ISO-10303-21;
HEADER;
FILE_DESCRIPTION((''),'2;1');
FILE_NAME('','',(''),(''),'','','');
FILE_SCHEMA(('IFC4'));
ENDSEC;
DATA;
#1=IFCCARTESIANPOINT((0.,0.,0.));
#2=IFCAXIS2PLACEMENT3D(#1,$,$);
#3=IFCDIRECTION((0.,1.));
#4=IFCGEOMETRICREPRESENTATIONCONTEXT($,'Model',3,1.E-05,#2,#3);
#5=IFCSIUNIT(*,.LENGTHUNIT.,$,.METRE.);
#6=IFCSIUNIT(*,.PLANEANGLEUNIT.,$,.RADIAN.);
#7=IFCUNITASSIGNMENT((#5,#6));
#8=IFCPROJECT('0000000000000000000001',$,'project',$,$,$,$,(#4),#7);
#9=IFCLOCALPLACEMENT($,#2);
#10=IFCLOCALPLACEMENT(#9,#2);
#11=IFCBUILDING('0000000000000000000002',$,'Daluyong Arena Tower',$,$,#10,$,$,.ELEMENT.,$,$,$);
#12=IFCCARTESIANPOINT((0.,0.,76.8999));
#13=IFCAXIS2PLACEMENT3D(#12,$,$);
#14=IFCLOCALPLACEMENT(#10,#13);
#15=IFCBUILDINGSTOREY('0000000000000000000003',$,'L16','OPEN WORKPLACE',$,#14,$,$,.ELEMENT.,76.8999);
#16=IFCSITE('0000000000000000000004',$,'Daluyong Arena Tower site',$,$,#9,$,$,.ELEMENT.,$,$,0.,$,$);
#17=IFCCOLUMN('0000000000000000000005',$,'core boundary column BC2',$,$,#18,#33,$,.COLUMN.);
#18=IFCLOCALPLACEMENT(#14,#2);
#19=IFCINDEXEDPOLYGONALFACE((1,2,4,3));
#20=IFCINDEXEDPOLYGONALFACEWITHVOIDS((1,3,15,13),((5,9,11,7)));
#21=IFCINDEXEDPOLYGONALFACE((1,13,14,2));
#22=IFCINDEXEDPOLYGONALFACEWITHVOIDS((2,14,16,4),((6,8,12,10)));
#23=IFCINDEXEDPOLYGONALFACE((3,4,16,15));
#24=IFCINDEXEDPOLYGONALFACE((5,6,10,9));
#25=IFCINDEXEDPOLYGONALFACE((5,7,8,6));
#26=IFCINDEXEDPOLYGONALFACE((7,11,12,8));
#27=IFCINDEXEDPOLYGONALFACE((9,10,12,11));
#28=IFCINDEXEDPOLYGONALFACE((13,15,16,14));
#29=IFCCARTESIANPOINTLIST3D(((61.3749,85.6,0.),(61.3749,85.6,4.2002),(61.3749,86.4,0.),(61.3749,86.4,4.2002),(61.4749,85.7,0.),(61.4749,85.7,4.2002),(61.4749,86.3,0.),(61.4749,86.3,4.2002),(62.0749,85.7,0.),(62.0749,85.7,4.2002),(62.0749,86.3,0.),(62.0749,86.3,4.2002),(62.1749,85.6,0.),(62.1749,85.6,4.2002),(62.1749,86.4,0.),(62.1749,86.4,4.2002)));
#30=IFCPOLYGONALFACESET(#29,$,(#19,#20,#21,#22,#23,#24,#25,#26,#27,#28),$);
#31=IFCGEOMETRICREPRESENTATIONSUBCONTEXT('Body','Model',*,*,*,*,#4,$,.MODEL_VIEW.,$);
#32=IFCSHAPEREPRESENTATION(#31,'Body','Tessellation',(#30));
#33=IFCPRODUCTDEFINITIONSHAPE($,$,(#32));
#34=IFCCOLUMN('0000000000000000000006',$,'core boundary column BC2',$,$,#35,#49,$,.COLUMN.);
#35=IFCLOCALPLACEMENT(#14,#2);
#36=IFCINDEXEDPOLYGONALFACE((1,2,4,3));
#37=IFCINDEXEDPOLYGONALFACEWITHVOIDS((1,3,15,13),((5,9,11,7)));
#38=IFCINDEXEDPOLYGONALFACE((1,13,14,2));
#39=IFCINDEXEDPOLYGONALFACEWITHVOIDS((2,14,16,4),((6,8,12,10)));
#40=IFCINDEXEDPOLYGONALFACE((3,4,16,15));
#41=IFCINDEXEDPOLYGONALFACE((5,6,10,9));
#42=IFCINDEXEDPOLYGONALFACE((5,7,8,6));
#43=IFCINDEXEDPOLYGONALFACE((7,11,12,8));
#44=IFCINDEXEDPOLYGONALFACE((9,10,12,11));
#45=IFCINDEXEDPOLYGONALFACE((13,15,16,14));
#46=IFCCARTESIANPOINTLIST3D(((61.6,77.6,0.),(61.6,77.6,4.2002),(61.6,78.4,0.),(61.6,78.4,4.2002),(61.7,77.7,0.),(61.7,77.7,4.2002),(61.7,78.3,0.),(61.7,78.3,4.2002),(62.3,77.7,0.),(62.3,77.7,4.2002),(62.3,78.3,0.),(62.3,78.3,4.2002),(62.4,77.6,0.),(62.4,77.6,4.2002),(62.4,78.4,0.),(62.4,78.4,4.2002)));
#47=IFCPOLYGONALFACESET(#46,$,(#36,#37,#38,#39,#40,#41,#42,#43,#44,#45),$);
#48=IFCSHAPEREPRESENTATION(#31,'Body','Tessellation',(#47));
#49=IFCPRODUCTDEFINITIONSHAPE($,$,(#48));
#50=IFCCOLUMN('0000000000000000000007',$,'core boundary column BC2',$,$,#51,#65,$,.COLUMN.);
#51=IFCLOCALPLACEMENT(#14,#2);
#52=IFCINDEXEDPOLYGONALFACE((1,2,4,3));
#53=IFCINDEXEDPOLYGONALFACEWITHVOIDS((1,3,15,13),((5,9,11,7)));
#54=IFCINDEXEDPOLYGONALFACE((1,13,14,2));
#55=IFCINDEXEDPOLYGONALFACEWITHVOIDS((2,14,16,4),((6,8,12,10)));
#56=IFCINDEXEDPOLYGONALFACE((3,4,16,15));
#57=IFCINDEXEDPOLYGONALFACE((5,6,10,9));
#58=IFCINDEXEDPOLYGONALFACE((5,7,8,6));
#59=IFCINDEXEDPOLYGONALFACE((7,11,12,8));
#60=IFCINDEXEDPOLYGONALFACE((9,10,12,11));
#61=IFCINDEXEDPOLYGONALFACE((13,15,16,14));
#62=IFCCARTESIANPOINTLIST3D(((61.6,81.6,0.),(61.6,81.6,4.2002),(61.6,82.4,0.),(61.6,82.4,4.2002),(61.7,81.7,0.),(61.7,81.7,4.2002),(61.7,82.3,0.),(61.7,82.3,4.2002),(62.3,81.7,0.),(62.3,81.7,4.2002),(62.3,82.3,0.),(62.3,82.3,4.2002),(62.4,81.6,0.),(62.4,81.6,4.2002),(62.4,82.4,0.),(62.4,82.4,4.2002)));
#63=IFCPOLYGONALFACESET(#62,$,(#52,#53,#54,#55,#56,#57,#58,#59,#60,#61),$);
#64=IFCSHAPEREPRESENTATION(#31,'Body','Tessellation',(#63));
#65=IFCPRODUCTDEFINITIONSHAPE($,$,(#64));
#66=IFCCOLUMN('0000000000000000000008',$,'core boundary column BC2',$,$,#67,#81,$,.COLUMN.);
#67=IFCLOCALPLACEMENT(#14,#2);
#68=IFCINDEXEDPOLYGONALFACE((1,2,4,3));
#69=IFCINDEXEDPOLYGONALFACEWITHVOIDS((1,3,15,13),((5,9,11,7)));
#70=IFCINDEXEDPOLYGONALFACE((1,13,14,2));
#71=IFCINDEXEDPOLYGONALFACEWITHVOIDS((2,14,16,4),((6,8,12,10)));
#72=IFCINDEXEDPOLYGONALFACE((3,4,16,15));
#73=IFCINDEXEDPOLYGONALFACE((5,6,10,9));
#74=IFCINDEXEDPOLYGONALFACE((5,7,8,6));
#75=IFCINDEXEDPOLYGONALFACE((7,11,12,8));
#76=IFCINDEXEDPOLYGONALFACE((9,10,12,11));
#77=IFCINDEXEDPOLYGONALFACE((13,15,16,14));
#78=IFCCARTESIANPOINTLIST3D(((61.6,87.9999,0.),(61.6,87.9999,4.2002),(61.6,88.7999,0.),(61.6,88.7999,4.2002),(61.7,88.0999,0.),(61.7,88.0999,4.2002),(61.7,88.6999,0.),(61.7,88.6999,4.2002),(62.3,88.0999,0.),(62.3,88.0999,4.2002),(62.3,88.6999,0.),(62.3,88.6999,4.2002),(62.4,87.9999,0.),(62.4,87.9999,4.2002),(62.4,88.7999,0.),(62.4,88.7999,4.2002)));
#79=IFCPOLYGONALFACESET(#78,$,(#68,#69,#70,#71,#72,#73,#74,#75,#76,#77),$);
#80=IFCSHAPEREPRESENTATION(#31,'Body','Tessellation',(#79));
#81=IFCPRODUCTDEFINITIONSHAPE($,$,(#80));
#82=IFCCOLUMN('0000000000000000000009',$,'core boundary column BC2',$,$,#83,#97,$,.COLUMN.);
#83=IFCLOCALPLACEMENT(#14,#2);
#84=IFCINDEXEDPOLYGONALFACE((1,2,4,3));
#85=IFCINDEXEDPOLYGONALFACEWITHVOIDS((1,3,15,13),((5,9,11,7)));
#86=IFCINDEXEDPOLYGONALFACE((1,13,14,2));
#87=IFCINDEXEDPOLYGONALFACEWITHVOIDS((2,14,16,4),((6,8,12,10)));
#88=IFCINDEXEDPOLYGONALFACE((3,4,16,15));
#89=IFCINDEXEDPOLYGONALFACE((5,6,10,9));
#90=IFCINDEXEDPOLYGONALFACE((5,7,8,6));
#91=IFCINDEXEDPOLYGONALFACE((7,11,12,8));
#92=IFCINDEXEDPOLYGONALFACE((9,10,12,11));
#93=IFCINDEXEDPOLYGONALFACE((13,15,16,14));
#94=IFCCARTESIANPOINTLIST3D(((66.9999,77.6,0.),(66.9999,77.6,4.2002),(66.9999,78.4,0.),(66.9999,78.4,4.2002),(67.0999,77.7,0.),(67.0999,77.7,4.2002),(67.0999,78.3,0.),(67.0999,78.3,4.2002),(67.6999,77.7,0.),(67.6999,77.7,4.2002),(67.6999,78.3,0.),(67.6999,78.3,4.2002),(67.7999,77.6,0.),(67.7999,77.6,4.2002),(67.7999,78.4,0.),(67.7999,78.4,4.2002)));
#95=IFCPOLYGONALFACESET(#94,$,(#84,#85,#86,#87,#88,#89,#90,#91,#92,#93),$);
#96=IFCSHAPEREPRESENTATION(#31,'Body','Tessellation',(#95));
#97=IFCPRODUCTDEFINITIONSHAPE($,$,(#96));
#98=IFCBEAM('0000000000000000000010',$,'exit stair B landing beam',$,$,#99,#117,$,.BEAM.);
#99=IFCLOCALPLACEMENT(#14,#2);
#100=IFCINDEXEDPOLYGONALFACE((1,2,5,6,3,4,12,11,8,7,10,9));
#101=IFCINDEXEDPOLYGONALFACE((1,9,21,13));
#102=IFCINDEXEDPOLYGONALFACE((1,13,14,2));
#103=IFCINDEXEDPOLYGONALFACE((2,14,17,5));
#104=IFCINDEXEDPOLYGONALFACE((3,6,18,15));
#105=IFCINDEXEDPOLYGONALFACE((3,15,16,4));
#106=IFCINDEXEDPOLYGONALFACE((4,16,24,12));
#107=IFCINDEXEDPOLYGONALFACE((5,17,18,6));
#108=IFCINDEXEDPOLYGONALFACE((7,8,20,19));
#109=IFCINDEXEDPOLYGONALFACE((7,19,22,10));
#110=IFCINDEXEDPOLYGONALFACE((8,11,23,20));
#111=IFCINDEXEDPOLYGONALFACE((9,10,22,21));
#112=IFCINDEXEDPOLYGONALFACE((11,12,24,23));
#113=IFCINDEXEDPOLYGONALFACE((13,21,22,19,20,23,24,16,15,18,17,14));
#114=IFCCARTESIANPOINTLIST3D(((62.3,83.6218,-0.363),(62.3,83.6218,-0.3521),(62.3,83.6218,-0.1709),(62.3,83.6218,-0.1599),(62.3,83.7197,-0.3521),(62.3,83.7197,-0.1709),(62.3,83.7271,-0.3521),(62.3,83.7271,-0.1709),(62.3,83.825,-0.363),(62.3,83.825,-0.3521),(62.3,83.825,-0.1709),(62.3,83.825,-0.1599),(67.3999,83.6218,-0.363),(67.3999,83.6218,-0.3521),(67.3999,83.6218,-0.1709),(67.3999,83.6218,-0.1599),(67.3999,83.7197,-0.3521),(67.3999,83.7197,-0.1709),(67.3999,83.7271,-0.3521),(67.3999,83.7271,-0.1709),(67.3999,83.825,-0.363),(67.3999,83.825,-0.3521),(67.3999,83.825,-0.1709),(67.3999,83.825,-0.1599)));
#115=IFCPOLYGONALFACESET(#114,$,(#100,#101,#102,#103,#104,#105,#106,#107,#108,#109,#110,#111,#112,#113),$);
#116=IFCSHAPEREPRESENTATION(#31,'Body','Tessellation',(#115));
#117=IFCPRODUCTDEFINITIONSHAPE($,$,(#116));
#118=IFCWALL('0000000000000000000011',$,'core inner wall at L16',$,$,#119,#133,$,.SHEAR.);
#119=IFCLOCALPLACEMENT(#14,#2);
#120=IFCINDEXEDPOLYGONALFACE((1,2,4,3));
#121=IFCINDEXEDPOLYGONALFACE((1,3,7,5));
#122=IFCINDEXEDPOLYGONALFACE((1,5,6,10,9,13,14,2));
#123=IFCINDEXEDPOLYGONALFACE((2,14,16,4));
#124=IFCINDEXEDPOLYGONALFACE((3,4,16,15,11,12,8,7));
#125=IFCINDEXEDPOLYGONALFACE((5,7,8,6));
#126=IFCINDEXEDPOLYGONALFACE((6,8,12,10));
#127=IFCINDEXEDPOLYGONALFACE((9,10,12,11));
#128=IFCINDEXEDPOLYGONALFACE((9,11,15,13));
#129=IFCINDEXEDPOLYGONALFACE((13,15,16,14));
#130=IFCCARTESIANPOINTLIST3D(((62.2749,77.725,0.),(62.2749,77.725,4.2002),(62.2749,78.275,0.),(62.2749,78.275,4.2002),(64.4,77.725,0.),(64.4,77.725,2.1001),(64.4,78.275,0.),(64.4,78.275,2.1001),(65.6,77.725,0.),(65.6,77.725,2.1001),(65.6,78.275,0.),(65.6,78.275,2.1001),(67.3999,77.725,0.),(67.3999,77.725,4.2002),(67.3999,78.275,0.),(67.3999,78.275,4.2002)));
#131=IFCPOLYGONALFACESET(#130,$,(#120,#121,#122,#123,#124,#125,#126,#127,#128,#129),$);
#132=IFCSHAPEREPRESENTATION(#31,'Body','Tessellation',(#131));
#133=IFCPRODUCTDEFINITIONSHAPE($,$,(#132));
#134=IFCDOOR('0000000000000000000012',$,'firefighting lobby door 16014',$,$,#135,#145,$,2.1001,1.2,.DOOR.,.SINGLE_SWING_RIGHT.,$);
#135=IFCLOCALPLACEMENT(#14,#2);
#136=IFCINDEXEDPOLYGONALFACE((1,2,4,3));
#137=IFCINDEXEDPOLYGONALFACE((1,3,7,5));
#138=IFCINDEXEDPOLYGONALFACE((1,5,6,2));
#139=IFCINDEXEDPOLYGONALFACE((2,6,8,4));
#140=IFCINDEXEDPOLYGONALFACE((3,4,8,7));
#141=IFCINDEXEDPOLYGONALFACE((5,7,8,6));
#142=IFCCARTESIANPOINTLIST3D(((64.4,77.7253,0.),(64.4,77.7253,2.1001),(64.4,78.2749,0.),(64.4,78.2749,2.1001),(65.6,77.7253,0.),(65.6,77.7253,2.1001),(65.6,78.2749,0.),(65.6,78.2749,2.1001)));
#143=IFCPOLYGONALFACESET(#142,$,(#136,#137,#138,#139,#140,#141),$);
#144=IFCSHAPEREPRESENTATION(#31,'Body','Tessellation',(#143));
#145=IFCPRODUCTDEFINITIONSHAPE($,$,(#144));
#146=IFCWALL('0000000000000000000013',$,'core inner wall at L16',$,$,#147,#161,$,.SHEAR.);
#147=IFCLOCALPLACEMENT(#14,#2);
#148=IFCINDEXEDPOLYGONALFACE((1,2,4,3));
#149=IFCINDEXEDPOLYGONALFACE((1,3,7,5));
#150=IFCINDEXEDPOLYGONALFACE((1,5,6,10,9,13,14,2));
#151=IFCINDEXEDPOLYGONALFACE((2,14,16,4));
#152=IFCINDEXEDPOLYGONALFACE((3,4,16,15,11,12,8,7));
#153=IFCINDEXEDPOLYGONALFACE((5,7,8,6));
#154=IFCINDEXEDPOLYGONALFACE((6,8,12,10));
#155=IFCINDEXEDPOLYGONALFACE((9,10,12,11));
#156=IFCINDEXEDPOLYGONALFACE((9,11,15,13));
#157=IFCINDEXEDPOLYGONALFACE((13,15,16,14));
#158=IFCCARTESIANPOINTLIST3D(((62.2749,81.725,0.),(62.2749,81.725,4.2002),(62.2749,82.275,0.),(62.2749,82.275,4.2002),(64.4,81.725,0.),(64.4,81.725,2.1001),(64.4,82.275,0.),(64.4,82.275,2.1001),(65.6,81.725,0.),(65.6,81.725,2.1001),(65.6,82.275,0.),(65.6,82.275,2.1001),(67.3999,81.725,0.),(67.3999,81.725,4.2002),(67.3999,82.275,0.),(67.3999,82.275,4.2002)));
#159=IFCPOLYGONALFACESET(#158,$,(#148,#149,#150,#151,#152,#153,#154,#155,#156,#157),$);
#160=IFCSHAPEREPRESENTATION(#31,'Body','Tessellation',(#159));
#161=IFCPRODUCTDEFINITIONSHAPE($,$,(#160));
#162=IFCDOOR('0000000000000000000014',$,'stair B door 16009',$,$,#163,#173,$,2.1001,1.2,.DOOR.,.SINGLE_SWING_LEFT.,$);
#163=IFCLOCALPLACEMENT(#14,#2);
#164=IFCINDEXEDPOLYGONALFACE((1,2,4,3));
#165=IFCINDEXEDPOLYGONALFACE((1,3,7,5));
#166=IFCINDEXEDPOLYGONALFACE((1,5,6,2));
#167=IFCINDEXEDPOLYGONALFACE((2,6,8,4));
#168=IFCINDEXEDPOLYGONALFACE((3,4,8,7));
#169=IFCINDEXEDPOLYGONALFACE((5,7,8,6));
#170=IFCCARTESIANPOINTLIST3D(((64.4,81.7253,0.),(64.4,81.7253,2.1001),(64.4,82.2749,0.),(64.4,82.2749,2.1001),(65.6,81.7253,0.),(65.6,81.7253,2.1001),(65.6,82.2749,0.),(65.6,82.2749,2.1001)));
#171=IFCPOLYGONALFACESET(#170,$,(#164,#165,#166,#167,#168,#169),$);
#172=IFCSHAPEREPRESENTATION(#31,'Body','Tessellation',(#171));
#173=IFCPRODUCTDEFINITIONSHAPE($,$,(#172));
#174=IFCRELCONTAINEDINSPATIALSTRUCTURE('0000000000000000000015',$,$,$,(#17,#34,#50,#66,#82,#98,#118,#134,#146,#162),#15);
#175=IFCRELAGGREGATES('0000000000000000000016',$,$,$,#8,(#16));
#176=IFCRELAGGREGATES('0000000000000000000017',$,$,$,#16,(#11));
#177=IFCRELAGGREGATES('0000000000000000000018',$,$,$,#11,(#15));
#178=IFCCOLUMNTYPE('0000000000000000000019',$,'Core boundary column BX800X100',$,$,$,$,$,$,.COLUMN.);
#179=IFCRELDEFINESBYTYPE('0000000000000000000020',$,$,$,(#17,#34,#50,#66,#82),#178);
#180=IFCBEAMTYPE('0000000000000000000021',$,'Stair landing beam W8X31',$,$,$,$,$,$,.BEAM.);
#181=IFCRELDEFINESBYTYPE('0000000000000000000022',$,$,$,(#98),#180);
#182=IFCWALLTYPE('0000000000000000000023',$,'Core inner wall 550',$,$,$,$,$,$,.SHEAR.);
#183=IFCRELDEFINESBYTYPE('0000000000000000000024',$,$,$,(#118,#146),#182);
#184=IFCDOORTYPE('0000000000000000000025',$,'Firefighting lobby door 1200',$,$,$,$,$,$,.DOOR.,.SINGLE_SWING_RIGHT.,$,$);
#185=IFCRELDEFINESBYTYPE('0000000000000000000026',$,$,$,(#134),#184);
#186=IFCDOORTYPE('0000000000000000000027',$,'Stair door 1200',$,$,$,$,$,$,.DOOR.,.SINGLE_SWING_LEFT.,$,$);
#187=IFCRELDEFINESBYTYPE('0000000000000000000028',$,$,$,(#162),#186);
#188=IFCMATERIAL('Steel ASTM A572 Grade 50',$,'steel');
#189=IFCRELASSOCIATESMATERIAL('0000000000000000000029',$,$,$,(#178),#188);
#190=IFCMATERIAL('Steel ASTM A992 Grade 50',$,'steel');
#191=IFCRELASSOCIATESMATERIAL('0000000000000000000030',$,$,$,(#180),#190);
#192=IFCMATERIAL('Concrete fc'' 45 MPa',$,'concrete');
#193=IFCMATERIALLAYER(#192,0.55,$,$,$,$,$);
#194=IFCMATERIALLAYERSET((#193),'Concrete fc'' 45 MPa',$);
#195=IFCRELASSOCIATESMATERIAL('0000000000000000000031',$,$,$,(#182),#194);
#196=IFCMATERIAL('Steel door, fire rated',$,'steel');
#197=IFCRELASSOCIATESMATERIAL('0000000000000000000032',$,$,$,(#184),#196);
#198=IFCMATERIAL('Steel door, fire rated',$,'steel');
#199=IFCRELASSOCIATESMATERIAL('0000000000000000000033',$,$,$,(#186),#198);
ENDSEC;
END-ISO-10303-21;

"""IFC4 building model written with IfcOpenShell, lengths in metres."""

from ifc_helpers import new_model, si_unit, direction, frame, frame_2d, origin, origin_2d, place, context, subcontext, project, spatial, rectangle, hollow_rectangle, i_section, extrude, material, layer, layer_set, material_profile, profile_set, type_object, element, fill, save


model = new_model("IFC4")

# Units and contexts
model_context = context("Model", 3, precision=1e-05, world=origin(), true_north=direction((0.0, 1.0)))
body_context = subcontext(model_context, "Body", "Model", "MODEL_VIEW")
ifc_project = project(units=[si_unit("LENGTHUNIT", "METRE"), si_unit("PLANEANGLEUNIT", "RADIAN")], contexts=[model_context])

# Site, building, storey
site_placement = place(None, origin())
site = spatial("IfcSite", under=ifc_project, at=site_placement, Name="Daluyong Arena Tower site", CompositionType="ELEMENT", RefElevation=0.0)
building_placement = place(site_placement, origin())
building = spatial("IfcBuilding", under=site, at=building_placement, Name="Daluyong Arena Tower", CompositionType="ELEMENT")
storey_placement = place(building_placement, frame((0.0, 0.0, 76.8999)))
storey = spatial("IfcBuildingStorey", under=building, at=storey_placement, Name="L16", Description="OPEN WORKPLACE", CompositionType="ELEMENT", Elevation=76.8999)

# Columns
ifc_material_1 = material(Name="Steel ASTM A572 Grade 50", Category="steel")
ifc_material_profile_1 = material_profile(ifc_material_1, hollow_rectangle(XDim=0.8, YDim=0.8, WallThickness=0.1, at=origin_2d()))
ifc_profile_set_1 = profile_set([ifc_material_profile_1], Name="Steel ASTM A572 Grade 50")
column_type = type_object("IfcColumnType", Name="Core boundary column BX800X100", PredefinedType="COLUMN", material=ifc_profile_set_1)
for number, where, z_axis, x_axis, name in (
    (1, (61.7749, 86.0, 0.0), (0.0, 0.0, 1.0), (1.0, 0.0, 0.0), "core boundary column BC2"),
    (2, (62.0, 78.0, 0.0), (0.0, 0.0, 1.0), (1.0, 0.0, 0.0), "core boundary column BC2"),
    (3, (62.0, 82.0, 0.0), (0.0, 0.0, 1.0), (1.0, 0.0, 0.0), "core boundary column BC2"),
    (4, (62.0, 88.3999, 0.0), (0.0, 0.0, 1.0), (1.0, 0.0, 0.0), "core boundary column BC2"),
    (5, (67.3999, 78.0, 0.0), (0.0, 0.0, 1.0), (1.0, 0.0, 0.0), "core boundary column BC2"),
):
    element("IfcColumn", number, at=place(storey_placement, frame(where, z_axis=z_axis, x_axis=x_axis)), inside=storey, type_object=column_type, Name=name, PredefinedType="COLUMN", context=body_context, shape_type="SweptSolid", body=[
        extrude(hollow_rectangle(XDim=0.8, YDim=0.8, WallThickness=0.1, at=origin_2d()), origin(), (0.0, 0.0, 1.0), 4.2002),
    ])

# Beam
ifc_material_2 = material(Name="Steel ASTM A992 Grade 50", Category="steel")
ifc_material_profile_2 = material_profile(ifc_material_2, i_section(OverallWidth=0.2031, OverallDepth=0.2031, WebThickness=0.0073, FlangeThickness=0.011, at=origin_2d()))
ifc_profile_set_2 = profile_set([ifc_material_profile_2], Name="Steel ASTM A992 Grade 50")
beam_type = type_object("IfcBeamType", Name="Stair landing beam W8X31", PredefinedType="BEAM", material=ifc_profile_set_2)
beam_placement = place(storey_placement, frame((62.3, 83.7234, -0.2615), z_axis=(1.0, 0.0, 0.0), x_axis=(0.0, 1.0, 0.0)))
element("IfcBeam", 6, at=beam_placement, inside=storey, type_object=beam_type, Name="exit stair B landing beam", PredefinedType="BEAM", context=body_context, shape_type="SweptSolid", body=[
    extrude(i_section(OverallWidth=0.2031, OverallDepth=0.2031, WebThickness=0.0073, FlangeThickness=0.011, at=origin_2d()), origin(), (0.0, 0.0, 1.0), 5.0999),
])

# Walls, openings, doors
ifc_material_3 = material(Name="Concrete fc' 45 MPa", Category="concrete")
ifc_layer_1 = layer(ifc_material_3, 0.55)
ifc_layer_set_1 = layer_set([ifc_layer_1], Name="Concrete fc' 45 MPa")
wall_type_1 = type_object("IfcWallType", Name="Core inner wall 550", PredefinedType="SHEAR", material=ifc_layer_set_1)
wall_1_placement = place(storey_placement, frame((62.2749, 78.0, 0.0), z_axis=(0.0, 0.0, 1.0), x_axis=(1.0, 0.0, 0.0)))
wall_1 = element("IfcWall", 7, at=wall_1_placement, inside=storey, type_object=wall_type_1, Name="core inner wall at L16", PredefinedType="SHEAR", context=body_context, shape_type="SweptSolid", body=[
    extrude(rectangle(XDim=5.125, YDim=0.55, at=frame_2d((2.5625, 0.0))), origin(), (0.0, 0.0, 1.0), 4.2002),
])
opening_1_placement = place(wall_1_placement, frame((2.125, 0.0, 0.0)))
opening_1 = element("IfcOpeningElement", 8, at=opening_1_placement, cuts=wall_1, PredefinedType="OPENING", context=body_context, shape_type="SweptSolid", body=[
    extrude(rectangle(XDim=1.2, YDim=2.1001, at=frame_2d((0.6001, 1.05))), frame((0.0, 0.2849, 0.0), z_axis=(0.0, -1.0, 0.0), x_axis=(1.0, 0.0, 0.0)), (0.0, 0.0, 1.0), 0.5701),
])
ifc_material_4 = material(Name="Steel door, fire rated", Category="steel")
door_type_1 = type_object("IfcDoorType", Name="Firefighting lobby door 1200", OperationType="SINGLE_SWING_RIGHT", PredefinedType="DOOR", material=ifc_material_4)
door_1_placement = place(opening_1_placement, origin())
door_1 = element("IfcDoor", 9, at=door_1_placement, inside=storey, type_object=door_type_1, Name="firefighting lobby door 16014", OperationType="SINGLE_SWING_RIGHT", OverallHeight=2.1001, OverallWidth=1.2, PredefinedType="DOOR", context=body_context, shape_type="SweptSolid", body=[
    extrude(rectangle(XDim=1.2, YDim=2.1001, at=frame_2d((0.6001, 1.05))), frame((0.0, 0.2749, 0.0), z_axis=(0.0, -1.0, 0.0), x_axis=(1.0, 0.0, 0.0)), (0.0, 0.0, 1.0), 0.5496),
])
fill(opening_1, door_1)
wall_2_placement = place(storey_placement, frame((62.2749, 82.0, 0.0), z_axis=(0.0, 0.0, 1.0), x_axis=(1.0, 0.0, 0.0)))
wall_2 = element("IfcWall", 10, at=wall_2_placement, inside=storey, type_object=wall_type_1, Name="core inner wall at L16", PredefinedType="SHEAR", context=body_context, shape_type="SweptSolid", body=[
    extrude(rectangle(XDim=5.125, YDim=0.55, at=frame_2d((2.5625, 0.0))), origin(), (0.0, 0.0, 1.0), 4.2002),
])
opening_2_placement = place(wall_2_placement, frame((2.125, 0.0, 0.0)))
opening_2 = element("IfcOpeningElement", 11, at=opening_2_placement, cuts=wall_2, PredefinedType="OPENING", context=body_context, shape_type="SweptSolid", body=[
    extrude(rectangle(XDim=1.2, YDim=2.1001, at=frame_2d((0.6001, 1.05))), frame((0.0, 0.2849, 0.0), z_axis=(0.0, -1.0, 0.0), x_axis=(1.0, 0.0, 0.0)), (0.0, 0.0, 1.0), 0.5701),
])
ifc_material_5 = material(Name="Steel door, fire rated", Category="steel")
door_type_2 = type_object("IfcDoorType", Name="Stair door 1200", OperationType="SINGLE_SWING_LEFT", PredefinedType="DOOR", material=ifc_material_5)
door_2_placement = place(opening_2_placement, origin())
door_2 = element("IfcDoor", 12, at=door_2_placement, inside=storey, type_object=door_type_2, Name="stair B door 16009", OperationType="SINGLE_SWING_LEFT", OverallHeight=2.1001, OverallWidth=1.2, PredefinedType="DOOR", context=body_context, shape_type="SweptSolid", body=[
    extrude(rectangle(XDim=1.2, YDim=2.1001, at=frame_2d((0.6001, 1.05))), frame((0.0, 0.2749, 0.0), z_axis=(0.0, -1.0, 0.0), x_axis=(1.0, 0.0, 0.0)), (0.0, 0.0, 1.0), 0.5496),
])
fill(opening_2, door_2)

save(model, "model.ifc")
